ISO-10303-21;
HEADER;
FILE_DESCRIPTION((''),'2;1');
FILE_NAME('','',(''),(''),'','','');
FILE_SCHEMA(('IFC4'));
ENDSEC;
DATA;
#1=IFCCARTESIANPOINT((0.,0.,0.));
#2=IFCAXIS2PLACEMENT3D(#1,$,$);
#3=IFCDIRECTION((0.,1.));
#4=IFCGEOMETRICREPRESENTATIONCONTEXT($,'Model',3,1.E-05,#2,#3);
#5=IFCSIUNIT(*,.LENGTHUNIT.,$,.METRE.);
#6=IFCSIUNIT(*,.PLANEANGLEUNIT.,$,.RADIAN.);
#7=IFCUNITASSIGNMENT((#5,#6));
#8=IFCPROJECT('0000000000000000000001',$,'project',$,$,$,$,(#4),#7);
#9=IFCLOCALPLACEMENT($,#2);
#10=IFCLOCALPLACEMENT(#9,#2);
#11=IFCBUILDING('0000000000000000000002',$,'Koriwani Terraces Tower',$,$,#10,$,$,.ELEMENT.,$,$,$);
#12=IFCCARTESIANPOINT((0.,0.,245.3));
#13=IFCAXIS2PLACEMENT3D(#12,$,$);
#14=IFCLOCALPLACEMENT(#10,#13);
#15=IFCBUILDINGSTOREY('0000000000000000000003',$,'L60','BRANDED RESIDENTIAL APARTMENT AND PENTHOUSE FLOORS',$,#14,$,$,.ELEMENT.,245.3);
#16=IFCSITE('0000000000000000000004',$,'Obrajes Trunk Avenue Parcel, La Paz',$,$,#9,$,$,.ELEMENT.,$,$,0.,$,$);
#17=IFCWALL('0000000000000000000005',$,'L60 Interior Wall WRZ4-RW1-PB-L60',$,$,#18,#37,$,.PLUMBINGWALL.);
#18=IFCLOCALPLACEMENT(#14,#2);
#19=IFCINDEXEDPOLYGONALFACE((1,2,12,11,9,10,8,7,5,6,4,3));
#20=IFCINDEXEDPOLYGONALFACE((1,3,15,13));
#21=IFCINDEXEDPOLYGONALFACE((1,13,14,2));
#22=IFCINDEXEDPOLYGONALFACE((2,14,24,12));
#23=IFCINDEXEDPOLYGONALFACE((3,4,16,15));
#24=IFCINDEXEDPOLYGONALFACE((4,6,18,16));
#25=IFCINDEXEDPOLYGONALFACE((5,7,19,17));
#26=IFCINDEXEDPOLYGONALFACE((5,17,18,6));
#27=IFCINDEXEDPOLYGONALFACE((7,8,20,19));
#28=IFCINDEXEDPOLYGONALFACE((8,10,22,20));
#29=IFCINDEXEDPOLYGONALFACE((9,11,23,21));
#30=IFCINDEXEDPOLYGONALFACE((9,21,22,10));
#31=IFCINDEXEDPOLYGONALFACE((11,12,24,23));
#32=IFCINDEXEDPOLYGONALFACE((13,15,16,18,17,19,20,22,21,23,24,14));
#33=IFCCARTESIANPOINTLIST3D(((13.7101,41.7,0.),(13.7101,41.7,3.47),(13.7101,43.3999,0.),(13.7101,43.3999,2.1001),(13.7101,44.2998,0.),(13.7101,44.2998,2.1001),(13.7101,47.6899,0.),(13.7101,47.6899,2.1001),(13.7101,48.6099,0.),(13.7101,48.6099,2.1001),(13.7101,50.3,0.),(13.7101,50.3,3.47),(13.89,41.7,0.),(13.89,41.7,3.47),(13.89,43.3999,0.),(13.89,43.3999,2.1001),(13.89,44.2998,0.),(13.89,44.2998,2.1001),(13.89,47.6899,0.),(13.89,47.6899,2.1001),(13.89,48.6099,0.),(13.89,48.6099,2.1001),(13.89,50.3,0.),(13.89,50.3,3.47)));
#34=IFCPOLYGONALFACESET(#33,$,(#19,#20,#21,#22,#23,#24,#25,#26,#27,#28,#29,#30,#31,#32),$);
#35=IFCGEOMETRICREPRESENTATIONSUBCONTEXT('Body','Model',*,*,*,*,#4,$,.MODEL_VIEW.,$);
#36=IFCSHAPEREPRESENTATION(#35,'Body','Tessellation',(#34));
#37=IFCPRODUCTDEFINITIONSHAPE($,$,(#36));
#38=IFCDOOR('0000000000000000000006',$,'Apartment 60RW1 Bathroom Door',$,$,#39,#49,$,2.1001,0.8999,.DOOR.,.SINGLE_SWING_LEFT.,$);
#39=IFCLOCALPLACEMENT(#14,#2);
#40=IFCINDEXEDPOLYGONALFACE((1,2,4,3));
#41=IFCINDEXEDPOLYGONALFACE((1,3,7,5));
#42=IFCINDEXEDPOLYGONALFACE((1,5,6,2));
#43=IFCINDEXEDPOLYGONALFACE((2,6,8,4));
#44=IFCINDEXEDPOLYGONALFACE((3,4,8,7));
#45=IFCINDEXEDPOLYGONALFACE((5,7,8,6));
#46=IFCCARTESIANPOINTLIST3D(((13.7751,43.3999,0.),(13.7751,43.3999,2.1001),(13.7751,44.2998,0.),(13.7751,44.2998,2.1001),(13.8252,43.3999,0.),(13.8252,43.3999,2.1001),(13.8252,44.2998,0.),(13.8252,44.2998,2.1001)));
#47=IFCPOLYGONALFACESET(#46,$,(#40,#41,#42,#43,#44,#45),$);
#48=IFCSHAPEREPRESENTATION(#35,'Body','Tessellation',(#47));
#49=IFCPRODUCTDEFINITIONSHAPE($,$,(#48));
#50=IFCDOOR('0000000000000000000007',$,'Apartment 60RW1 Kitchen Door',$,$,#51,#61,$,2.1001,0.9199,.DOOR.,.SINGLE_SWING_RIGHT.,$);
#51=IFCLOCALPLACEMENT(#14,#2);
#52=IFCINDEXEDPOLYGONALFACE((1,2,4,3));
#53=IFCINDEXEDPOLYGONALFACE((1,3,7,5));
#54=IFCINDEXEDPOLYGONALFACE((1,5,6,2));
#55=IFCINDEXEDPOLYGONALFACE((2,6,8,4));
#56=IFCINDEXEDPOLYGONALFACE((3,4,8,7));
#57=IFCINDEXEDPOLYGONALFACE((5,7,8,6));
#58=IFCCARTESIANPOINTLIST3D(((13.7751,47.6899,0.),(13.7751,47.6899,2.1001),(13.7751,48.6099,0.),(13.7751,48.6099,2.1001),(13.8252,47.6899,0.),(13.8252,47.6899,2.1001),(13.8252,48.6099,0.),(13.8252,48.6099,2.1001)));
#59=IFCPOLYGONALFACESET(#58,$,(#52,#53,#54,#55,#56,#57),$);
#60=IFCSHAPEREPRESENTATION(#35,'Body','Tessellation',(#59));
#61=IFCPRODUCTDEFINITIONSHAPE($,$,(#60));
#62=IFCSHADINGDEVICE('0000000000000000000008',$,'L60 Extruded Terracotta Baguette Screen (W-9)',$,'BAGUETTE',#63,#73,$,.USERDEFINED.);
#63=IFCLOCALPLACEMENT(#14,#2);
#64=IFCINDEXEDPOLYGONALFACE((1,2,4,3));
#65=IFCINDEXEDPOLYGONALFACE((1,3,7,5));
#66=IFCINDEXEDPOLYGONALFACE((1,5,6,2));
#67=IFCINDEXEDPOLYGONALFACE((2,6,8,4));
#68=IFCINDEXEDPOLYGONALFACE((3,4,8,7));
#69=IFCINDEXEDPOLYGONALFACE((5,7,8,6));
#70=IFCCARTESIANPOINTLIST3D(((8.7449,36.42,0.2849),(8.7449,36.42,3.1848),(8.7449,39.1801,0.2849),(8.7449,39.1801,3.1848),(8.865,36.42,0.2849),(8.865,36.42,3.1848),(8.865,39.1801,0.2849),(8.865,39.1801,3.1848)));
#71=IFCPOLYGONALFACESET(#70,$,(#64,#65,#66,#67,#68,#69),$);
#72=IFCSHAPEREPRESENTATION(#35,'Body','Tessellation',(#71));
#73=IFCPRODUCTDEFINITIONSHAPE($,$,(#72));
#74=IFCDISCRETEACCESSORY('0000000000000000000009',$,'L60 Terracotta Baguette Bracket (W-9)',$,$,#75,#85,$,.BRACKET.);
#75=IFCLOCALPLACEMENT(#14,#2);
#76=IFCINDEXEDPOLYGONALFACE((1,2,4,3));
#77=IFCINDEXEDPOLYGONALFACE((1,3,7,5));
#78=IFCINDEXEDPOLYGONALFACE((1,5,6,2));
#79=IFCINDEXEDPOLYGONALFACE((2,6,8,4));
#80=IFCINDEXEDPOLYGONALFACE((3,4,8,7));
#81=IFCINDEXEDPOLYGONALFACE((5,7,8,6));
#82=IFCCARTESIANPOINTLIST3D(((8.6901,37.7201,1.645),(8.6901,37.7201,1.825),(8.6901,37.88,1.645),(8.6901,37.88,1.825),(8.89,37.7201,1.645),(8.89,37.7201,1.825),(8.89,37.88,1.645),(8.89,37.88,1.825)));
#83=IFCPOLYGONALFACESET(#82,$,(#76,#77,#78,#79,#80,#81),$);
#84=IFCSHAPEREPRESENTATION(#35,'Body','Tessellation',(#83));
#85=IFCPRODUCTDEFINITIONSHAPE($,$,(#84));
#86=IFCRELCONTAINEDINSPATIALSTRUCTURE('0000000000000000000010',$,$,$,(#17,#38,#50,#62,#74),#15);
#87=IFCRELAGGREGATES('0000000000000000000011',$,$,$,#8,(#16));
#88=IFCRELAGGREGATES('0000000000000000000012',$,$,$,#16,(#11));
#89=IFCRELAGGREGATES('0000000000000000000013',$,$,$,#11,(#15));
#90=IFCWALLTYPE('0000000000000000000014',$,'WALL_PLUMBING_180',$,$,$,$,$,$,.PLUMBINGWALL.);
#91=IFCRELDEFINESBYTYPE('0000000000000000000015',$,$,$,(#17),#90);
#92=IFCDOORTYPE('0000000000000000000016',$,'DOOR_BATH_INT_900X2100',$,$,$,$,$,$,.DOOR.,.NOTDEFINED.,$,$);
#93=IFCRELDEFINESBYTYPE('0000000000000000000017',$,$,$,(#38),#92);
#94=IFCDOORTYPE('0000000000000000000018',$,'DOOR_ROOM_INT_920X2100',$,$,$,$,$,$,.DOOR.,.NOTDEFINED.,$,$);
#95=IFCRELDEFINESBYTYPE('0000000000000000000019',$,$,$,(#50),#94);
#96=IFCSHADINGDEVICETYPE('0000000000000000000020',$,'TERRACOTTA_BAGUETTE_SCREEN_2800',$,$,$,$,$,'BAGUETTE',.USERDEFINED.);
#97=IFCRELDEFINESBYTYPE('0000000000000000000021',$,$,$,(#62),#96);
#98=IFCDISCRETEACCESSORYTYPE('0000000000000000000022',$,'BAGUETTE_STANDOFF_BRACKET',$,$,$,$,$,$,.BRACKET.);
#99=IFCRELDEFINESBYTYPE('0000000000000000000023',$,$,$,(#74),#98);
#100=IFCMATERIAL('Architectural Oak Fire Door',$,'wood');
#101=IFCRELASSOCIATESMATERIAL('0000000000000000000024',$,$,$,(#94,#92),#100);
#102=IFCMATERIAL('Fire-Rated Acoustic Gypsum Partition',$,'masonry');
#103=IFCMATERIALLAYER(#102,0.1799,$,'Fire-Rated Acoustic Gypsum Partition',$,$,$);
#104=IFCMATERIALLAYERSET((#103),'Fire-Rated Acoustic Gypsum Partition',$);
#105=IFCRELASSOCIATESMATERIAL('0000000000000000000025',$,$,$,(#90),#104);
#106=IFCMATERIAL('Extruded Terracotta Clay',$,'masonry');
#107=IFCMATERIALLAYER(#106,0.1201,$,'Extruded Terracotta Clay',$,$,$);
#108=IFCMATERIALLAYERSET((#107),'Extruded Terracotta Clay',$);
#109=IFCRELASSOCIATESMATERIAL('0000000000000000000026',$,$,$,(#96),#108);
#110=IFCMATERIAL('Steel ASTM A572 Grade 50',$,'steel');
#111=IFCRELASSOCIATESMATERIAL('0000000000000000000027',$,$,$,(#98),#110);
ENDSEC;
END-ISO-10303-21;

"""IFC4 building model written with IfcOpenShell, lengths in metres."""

from ifc_helpers import new_model, si_unit, direction, frame, frame_2d, origin, origin_2d, place, context, subcontext, project, spatial, rectangle, extrude, material, layer, layer_set, type_object, element, fill, save


model = new_model("IFC4")

# Units and contexts
model_context = context("Model", 3, precision=1e-05, world=origin(), true_north=direction((0.0, 1.0)))
body_context = subcontext(model_context, "Body", "Model", "MODEL_VIEW")
ifc_project = project(units=[si_unit("LENGTHUNIT", "METRE"), si_unit("PLANEANGLEUNIT", "RADIAN")], contexts=[model_context])

# Site, building, storey
site_placement = place(None, origin())
site = spatial("IfcSite", under=ifc_project, at=site_placement, Name="Obrajes Trunk Avenue Parcel, La Paz", CompositionType="ELEMENT", RefElevation=0.0)
building_placement = place(site_placement, origin())
building = spatial("IfcBuilding", under=site, at=building_placement, Name="Koriwani Terraces Tower", CompositionType="ELEMENT")
storey_placement = place(building_placement, frame((0.0, 0.0, 245.3)))
storey = spatial("IfcBuildingStorey", under=building, at=storey_placement, Name="L60", Description="BRANDED RESIDENTIAL APARTMENT AND PENTHOUSE FLOORS", CompositionType="ELEMENT", Elevation=245.3)

# Shared definitions
ifc_material_1 = material(Name="Steel ASTM A572 Grade 50", Category="steel")

# Shared definitions
ifc_material_2 = material(Name="Architectural Oak Fire Door", Category="wood")

# Shared definitions
ifc_material_3 = material(Name="Fire-Rated Acoustic Gypsum Partition", Category="masonry")
door_type_1 = type_object("IfcDoorType", Name="DOOR_ROOM_INT_920X2100", OperationType="NOTDEFINED", PredefinedType="DOOR", material=ifc_material_2)

# Wall, openings, doors
ifc_layer_1 = layer(ifc_material_3, 0.1799, Name="Fire-Rated Acoustic Gypsum Partition")
ifc_layer_set_1 = layer_set([ifc_layer_1], Name="Fire-Rated Acoustic Gypsum Partition")
wall_type_1 = type_object("IfcWallType", Name="WALL_PLUMBING_180", PredefinedType="PLUMBINGWALL", material=ifc_layer_set_1)
wall_1_placement = place(storey_placement, frame((13.8, 41.7, 0.0), z_axis=(0.0, 0.0, 1.0), x_axis=(0.0, 1.0, 0.0)))
wall_1 = element("IfcWall", 1, at=wall_1_placement, inside=storey, type_object=wall_type_1, Name="L60 Interior Wall WRZ4-RW1-PB-L60", PredefinedType="PLUMBINGWALL", context=body_context, shape_type="SweptSolid", body=[
    extrude(rectangle(XDim=8.6001, YDim=0.1799, at=frame_2d((4.3, 0.0))), origin(), (0.0, 0.0, 1.0), 3.47),
])
opening_1_placement = place(wall_1_placement, frame((1.7, 0.0, 0.0)))
opening_1 = element("IfcOpeningElement", 2, at=opening_1_placement, cuts=wall_1, PredefinedType="OPENING", context=body_context, shape_type="SweptSolid", body=[
    extrude(rectangle(XDim=0.8999, YDim=2.1001, at=frame_2d((0.45, 1.05))), frame((0.0, 0.1001, 0.0), z_axis=(0.0, -1.0, 0.0), x_axis=(1.0, 0.0, 0.0)), (0.0, 0.0, 1.0), 0.2),
])
opening_2_placement = place(wall_1_placement, frame((5.99, 0.0, 0.0)))
opening_2 = element("IfcOpeningElement", 3, at=opening_2_placement, cuts=wall_1, PredefinedType="OPENING", context=body_context, shape_type="SweptSolid", body=[
    extrude(rectangle(XDim=0.9199, YDim=2.1001, at=frame_2d((0.46, 1.05))), frame((0.0, 0.1001, 0.0), z_axis=(0.0, -1.0, 0.0), x_axis=(1.0, 0.0, 0.0)), (0.0, 0.0, 1.0), 0.2),
])
door_type_2 = type_object("IfcDoorType", Name="DOOR_BATH_INT_900X2100", OperationType="NOTDEFINED", PredefinedType="DOOR", material=ifc_material_2)
door_1_placement = place(opening_1_placement, origin())
door_1 = element("IfcDoor", 4, at=door_1_placement, inside=storey, type_object=door_type_2, Name="Apartment 60RW1 Bathroom Door", OperationType="SINGLE_SWING_LEFT", OverallHeight=2.1001, OverallWidth=0.8999, PredefinedType="DOOR", context=body_context, shape_type="SweptSolid", body=[
    extrude(rectangle(XDim=0.8999, YDim=2.1001, at=frame_2d((0.45, 1.05))), frame((0.0, 0.0249, 0.0), z_axis=(0.0, -1.0, 0.0), x_axis=(1.0, 0.0, 0.0)), (0.0, 0.0, 1.0), 0.05),
])
fill(opening_1, door_1)
door_2_placement = place(opening_2_placement, origin())
door_2 = element("IfcDoor", 5, at=door_2_placement, inside=storey, type_object=door_type_1, Name="Apartment 60RW1 Kitchen Door", OperationType="SINGLE_SWING_RIGHT", OverallHeight=2.1001, OverallWidth=0.9199, PredefinedType="DOOR", context=body_context, shape_type="SweptSolid", body=[
    extrude(rectangle(XDim=0.9199, YDim=2.1001, at=frame_2d((0.46, 1.05))), frame((0.0, 0.0249, 0.0), z_axis=(0.0, -1.0, 0.0), x_axis=(1.0, 0.0, 0.0)), (0.0, 0.0, 1.0), 0.05),
])
fill(opening_2, door_2)

# Shading device
ifc_material_4 = material(Name="Extruded Terracotta Clay", Category="masonry")
ifc_layer_2 = layer(ifc_material_4, 0.1201, Name="Extruded Terracotta Clay")
ifc_layer_set_2 = layer_set([ifc_layer_2], Name="Extruded Terracotta Clay")
shading_device_type = type_object("IfcShadingDeviceType", Name="TERRACOTTA_BAGUETTE_SCREEN_2800", ElementType="BAGUETTE", PredefinedType="USERDEFINED", material=ifc_layer_set_2)
shading_device_placement = place(storey_placement, frame((8.8049, 37.8, 0.2849), z_axis=(0.0, 0.0, 1.0), x_axis=(0.0, 1.0, 0.0)))
element("IfcShadingDevice", 6, at=shading_device_placement, inside=storey, type_object=shading_device_type, Name="L60 Extruded Terracotta Baguette Screen (W-9)", ObjectType="BAGUETTE", PredefinedType="USERDEFINED", context=body_context, shape_type="SweptSolid", body=[
    extrude(rectangle(XDim=2.76, YDim=0.1201, at=origin_2d()), origin(), (0.0, 0.0, 1.0), 2.8999),
])

# Discrete accessory
discrete_accessory_type = type_object("IfcDiscreteAccessoryType", Name="BAGUETTE_STANDOFF_BRACKET", PredefinedType="BRACKET", material=ifc_material_1)
discrete_accessory_placement = place(storey_placement, frame((8.79, 37.8, 1.645), z_axis=(0.0, 0.0, 1.0), x_axis=(0.0, 1.0, 0.0)))
element("IfcDiscreteAccessory", 7, at=discrete_accessory_placement, inside=storey, type_object=discrete_accessory_type, Name="L60 Terracotta Baguette Bracket (W-9)", PredefinedType="BRACKET", context=body_context, shape_type="SweptSolid", body=[
    extrude(rectangle(XDim=0.1599, YDim=0.2, at=origin_2d()), origin(), (0.0, 0.0, 1.0), 0.1799),
])

save(model, "model.ifc")
